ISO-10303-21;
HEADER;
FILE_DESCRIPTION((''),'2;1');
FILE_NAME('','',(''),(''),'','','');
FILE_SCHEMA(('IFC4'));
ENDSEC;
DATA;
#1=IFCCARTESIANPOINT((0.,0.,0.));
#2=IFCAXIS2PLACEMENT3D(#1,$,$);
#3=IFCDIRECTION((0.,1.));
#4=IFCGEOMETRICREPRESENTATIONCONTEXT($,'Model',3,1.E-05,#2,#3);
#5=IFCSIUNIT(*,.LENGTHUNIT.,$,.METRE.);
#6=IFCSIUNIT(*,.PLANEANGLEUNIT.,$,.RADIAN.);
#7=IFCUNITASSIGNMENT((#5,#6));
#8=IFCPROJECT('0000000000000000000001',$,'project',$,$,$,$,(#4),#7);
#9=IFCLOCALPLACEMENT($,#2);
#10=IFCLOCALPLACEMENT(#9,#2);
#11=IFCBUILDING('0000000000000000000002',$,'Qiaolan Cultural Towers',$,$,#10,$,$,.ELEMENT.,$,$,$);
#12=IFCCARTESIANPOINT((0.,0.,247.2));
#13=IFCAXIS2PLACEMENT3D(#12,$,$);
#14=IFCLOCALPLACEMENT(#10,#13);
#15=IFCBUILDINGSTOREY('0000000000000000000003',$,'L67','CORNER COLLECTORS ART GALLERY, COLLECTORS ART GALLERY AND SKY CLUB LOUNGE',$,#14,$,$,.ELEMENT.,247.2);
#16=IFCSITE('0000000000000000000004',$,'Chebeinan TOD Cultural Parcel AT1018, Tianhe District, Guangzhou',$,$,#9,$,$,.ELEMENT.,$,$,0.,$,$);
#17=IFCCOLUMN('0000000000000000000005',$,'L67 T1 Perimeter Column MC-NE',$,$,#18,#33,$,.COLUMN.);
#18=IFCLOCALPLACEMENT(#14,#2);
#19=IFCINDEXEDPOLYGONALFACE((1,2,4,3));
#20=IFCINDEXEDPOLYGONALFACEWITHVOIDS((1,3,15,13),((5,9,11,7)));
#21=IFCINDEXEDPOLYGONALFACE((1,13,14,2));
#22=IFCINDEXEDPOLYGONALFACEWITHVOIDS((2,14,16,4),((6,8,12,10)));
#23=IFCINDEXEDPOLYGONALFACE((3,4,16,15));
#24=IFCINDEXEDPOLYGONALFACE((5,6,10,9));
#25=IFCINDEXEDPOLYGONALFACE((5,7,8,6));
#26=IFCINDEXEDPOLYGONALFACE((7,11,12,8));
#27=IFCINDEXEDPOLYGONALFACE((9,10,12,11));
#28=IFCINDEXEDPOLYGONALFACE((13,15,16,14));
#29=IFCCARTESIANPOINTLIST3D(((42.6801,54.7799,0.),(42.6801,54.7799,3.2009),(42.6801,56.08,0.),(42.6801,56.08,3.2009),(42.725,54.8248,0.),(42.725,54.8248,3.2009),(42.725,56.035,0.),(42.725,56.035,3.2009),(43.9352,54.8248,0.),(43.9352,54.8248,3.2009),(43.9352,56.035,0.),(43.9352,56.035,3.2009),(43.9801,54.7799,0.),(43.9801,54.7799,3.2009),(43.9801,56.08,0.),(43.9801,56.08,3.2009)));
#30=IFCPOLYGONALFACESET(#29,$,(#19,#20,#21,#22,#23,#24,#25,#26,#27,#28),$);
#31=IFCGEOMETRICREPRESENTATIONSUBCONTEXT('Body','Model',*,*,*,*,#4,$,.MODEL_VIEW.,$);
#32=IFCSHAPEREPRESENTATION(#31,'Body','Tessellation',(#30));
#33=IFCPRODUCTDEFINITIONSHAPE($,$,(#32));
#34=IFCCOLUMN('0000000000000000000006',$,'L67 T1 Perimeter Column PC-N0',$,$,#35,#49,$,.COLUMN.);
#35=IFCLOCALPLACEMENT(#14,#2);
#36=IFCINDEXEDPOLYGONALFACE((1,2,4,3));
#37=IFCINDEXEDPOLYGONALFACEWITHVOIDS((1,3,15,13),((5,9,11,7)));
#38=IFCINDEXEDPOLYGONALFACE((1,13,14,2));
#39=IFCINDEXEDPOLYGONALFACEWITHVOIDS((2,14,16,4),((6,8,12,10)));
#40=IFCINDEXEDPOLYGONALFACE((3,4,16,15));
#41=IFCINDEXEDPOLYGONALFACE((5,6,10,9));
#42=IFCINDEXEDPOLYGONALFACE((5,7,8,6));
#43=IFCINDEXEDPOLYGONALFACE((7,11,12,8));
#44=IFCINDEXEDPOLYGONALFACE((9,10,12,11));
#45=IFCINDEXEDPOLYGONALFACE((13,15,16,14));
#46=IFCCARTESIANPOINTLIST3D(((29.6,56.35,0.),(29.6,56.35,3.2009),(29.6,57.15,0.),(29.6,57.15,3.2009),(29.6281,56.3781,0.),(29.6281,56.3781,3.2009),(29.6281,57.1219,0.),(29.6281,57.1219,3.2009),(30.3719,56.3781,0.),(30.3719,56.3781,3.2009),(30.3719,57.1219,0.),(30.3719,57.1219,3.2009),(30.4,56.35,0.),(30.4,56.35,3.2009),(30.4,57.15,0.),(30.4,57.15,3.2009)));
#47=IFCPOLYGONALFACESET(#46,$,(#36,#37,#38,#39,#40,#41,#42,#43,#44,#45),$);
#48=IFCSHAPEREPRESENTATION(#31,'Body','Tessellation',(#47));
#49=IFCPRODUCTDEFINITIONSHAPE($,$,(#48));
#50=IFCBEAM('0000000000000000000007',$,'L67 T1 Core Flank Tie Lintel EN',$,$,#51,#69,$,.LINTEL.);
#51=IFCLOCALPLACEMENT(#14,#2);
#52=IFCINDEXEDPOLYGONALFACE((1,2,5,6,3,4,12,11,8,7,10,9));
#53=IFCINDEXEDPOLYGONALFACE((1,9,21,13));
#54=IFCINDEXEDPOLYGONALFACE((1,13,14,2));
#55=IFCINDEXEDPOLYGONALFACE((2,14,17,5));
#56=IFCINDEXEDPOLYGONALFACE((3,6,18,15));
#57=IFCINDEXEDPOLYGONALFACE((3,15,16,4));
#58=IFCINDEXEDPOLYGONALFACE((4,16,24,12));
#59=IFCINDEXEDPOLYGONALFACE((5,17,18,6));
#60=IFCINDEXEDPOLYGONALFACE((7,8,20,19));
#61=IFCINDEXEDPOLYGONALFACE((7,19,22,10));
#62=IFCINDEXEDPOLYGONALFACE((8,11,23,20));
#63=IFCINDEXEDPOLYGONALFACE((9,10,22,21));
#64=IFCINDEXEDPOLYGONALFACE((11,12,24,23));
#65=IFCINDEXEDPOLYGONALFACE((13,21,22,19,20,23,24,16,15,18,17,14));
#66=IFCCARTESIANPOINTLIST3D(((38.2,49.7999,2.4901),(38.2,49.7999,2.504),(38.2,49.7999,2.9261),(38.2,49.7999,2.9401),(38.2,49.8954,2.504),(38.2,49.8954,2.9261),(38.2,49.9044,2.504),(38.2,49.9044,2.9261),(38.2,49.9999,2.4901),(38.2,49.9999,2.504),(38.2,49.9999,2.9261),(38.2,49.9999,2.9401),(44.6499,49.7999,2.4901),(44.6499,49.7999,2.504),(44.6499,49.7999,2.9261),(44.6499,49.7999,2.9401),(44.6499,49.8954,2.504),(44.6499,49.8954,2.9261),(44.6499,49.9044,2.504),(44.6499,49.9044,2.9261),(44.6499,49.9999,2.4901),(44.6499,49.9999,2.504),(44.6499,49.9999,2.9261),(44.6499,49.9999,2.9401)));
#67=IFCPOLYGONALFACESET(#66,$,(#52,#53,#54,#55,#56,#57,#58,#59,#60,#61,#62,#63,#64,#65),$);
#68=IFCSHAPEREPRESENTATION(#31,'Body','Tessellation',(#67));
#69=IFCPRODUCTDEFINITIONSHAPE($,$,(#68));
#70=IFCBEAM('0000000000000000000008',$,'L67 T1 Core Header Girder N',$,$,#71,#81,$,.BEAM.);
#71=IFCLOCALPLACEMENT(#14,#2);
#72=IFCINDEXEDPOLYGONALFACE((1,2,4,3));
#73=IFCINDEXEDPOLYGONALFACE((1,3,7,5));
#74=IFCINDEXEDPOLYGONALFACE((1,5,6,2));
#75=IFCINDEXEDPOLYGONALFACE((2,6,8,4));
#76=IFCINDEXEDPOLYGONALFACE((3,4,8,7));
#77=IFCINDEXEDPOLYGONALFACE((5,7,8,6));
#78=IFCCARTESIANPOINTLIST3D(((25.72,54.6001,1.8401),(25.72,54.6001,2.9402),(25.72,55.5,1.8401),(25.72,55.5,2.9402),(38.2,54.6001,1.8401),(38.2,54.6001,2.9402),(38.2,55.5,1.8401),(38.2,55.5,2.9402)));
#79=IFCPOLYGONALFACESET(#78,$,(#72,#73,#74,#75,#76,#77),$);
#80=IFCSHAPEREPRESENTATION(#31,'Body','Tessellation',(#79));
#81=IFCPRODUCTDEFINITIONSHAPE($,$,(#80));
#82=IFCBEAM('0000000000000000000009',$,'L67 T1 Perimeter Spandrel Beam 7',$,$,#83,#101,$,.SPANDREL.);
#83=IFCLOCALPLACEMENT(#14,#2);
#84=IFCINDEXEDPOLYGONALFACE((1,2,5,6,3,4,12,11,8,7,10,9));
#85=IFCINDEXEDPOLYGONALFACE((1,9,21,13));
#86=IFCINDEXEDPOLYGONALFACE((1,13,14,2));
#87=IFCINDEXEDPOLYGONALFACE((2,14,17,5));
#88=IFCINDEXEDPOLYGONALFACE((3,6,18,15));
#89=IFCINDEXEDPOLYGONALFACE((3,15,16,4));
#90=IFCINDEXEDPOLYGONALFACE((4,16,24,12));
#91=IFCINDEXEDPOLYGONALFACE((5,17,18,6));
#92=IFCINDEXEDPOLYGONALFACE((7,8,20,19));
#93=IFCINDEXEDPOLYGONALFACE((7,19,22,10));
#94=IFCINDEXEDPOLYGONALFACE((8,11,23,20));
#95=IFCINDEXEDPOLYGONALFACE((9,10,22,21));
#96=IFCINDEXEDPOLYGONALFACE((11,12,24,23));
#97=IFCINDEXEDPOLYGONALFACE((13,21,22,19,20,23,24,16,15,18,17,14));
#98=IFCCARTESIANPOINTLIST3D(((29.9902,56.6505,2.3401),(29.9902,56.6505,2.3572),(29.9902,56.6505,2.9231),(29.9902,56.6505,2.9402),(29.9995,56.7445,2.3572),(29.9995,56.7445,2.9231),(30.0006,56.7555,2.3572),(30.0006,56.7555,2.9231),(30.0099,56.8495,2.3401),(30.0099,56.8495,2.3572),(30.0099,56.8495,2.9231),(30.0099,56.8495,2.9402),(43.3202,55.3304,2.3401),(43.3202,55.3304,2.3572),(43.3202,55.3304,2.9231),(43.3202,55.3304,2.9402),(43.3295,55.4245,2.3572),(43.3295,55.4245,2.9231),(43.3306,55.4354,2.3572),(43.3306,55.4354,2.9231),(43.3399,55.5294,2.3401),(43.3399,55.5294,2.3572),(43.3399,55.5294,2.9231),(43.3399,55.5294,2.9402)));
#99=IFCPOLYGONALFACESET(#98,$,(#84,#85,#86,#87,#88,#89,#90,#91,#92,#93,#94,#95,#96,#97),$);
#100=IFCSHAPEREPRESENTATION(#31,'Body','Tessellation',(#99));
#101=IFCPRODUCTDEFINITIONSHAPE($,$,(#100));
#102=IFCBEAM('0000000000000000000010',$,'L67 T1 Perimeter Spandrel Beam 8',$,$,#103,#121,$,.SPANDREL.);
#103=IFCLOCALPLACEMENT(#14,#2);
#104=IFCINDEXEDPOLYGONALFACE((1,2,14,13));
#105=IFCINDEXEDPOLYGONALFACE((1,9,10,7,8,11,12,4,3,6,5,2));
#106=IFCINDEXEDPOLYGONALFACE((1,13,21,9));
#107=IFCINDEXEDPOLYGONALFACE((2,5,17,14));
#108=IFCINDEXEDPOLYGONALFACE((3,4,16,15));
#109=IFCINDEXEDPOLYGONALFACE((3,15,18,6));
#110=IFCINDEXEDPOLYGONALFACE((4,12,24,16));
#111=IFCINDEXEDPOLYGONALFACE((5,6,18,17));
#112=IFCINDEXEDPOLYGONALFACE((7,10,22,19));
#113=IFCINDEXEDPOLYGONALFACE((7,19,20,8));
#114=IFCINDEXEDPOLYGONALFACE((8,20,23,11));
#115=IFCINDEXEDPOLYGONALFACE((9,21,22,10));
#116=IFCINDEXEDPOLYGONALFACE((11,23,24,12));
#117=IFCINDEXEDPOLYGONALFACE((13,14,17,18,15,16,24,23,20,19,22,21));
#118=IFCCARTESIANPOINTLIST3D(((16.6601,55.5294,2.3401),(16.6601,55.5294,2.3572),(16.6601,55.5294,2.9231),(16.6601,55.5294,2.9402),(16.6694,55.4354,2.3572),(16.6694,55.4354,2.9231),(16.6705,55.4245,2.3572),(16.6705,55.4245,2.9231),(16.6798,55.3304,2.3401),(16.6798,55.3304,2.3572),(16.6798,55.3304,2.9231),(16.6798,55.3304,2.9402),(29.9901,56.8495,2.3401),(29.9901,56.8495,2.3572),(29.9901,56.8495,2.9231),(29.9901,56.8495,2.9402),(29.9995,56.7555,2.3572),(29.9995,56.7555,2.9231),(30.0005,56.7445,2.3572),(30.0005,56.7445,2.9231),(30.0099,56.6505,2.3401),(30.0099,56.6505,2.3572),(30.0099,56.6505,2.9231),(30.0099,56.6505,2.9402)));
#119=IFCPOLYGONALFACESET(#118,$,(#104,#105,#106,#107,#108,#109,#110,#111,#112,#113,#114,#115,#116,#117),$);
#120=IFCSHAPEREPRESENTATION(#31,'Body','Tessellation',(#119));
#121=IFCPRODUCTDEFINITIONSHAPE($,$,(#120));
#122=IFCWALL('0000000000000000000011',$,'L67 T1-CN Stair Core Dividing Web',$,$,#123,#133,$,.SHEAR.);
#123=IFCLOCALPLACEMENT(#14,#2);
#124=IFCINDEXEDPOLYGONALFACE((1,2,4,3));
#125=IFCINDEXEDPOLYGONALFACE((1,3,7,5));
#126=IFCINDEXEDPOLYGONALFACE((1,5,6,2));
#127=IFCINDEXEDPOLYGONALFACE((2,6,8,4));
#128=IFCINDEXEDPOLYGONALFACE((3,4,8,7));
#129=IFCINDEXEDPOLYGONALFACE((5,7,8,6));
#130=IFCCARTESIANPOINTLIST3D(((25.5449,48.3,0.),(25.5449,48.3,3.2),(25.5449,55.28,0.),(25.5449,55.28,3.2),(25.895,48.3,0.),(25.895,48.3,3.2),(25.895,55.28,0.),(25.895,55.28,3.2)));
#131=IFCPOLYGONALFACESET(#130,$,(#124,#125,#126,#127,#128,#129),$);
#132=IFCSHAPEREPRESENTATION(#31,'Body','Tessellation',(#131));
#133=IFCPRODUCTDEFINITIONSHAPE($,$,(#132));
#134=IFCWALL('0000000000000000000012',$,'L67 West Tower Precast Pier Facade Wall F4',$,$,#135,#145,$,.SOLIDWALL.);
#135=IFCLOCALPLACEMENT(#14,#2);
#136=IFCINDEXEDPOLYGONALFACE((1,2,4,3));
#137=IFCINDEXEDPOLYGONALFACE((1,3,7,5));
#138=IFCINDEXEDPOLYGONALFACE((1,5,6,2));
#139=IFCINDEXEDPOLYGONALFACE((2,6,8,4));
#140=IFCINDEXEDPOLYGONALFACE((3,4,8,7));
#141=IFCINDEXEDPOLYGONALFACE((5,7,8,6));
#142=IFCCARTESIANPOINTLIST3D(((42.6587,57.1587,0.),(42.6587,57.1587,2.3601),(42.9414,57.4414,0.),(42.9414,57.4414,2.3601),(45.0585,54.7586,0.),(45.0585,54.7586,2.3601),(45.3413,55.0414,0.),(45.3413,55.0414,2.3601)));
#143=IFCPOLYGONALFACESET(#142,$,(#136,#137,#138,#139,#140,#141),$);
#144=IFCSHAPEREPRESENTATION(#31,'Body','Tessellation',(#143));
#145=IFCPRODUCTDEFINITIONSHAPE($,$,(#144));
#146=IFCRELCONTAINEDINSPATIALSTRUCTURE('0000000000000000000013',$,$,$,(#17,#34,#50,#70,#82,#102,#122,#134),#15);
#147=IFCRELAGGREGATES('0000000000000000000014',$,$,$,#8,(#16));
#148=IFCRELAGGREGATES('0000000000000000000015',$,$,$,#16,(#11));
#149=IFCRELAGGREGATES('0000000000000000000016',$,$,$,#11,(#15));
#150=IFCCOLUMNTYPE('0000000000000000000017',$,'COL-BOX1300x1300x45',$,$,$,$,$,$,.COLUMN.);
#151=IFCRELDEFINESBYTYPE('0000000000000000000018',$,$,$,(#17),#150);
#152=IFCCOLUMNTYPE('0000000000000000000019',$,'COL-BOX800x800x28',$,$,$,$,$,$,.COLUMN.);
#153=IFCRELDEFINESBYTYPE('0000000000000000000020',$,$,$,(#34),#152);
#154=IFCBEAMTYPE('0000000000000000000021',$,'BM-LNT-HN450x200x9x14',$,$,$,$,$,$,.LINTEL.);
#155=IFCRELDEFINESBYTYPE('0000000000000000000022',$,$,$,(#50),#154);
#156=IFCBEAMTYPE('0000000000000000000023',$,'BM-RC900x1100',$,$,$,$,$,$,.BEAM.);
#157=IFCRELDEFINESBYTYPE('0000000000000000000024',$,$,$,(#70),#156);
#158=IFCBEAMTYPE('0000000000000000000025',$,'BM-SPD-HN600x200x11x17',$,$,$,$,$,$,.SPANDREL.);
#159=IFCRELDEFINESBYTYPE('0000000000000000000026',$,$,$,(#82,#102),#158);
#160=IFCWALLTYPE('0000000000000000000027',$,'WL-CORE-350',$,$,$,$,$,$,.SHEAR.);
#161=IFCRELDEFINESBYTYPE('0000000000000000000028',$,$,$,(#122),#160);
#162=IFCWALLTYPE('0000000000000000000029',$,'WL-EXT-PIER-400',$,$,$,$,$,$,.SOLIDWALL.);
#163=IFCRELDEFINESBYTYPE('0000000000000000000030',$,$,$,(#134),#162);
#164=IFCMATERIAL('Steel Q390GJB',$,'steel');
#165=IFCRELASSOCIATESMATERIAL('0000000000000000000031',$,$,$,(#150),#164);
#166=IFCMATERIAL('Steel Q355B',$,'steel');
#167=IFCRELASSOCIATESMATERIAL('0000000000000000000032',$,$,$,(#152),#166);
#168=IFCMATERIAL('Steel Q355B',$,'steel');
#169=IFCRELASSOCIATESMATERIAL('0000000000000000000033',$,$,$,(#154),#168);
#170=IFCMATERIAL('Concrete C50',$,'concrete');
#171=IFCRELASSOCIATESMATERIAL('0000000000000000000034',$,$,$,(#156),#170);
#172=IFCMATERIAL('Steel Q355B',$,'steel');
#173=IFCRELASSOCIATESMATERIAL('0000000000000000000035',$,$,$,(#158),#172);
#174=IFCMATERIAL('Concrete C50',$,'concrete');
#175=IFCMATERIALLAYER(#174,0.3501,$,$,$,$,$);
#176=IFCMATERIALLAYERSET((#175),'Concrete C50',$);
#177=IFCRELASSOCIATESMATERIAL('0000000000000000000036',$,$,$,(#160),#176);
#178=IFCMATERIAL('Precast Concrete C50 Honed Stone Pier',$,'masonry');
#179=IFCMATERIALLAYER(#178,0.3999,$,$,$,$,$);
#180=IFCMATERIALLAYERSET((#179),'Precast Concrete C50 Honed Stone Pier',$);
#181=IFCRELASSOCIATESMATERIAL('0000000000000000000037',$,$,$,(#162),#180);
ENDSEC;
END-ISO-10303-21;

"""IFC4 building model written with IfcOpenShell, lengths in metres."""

from ifc_helpers import new_model, si_unit, direction, frame, frame_2d, origin, origin_2d, place, context, subcontext, project, spatial, rectangle, hollow_rectangle, i_section, extrude, material, layer, layer_set, material_profile, profile_set, type_object, element, save


model = new_model("IFC4")

# Units and contexts
model_context = context("Model", 3, precision=1e-05, world=origin(), true_north=direction((0.0, 1.0)))
body_context = subcontext(model_context, "Body", "Model", "MODEL_VIEW")
ifc_project = project(units=[si_unit("LENGTHUNIT", "METRE"), si_unit("PLANEANGLEUNIT", "RADIAN")], contexts=[model_context])

# Site, building, storey
site_placement = place(None, origin())
site = spatial("IfcSite", under=ifc_project, at=site_placement, Name="Chebeinan TOD Cultural Parcel AT1018, Tianhe District, Guangzhou", CompositionType="ELEMENT", RefElevation=0.0)
building_placement = place(site_placement, origin())
building = spatial("IfcBuilding", under=site, at=building_placement, Name="Qiaolan Cultural Towers", CompositionType="ELEMENT")
storey_placement = place(building_placement, frame((0.0, 0.0, 247.2)))
storey = spatial("IfcBuildingStorey", under=building, at=storey_placement, Name="L67", Description="CORNER COLLECTORS ART GALLERY, COLLECTORS ART GALLERY AND SKY CLUB LOUNGE", CompositionType="ELEMENT", Elevation=247.2)

# Columns
ifc_material_1 = material(Name="Steel Q390GJB", Category="steel")
ifc_material_profile_1 = material_profile(ifc_material_1, hollow_rectangle(XDim=1.3, YDim=1.3, WallThickness=0.0449, at=origin_2d()), Name="BOX1300x1300x45")
ifc_profile_set_1 = profile_set([ifc_material_profile_1], Name="Steel Q390GJB")
column_type_1 = type_object("IfcColumnType", Name="COL-BOX1300x1300x45", PredefinedType="COLUMN", material=ifc_profile_set_1)
column_1_placement = place(storey_placement, frame((43.3301, 55.4299, 0.0), z_axis=(0.0, 0.0, 1.0), x_axis=(1.0, 0.0, 0.0)))
element("IfcColumn", 1, at=column_1_placement, inside=storey, type_object=column_type_1, Name="L67 T1 Perimeter Column MC-NE", PredefinedType="COLUMN", context=body_context, shape_type="SweptSolid", body=[
    extrude(hollow_rectangle(XDim=1.3, YDim=1.3, WallThickness=0.0449, at=origin_2d()), origin(), (0.0, 0.0, 1.0), 3.2009),
])
ifc_material_2 = material(Name="Steel Q355B", Category="steel")
ifc_material_profile_2 = material_profile(ifc_material_2, hollow_rectangle(XDim=0.8, YDim=0.8, WallThickness=0.0281, at=origin_2d()), Name="BOX800x800x28")
ifc_profile_set_2 = profile_set([ifc_material_profile_2], Name="Steel Q355B")
column_type_2 = type_object("IfcColumnType", Name="COL-BOX800x800x28", PredefinedType="COLUMN", material=ifc_profile_set_2)
column_2_placement = place(storey_placement, frame((30.0, 56.75, 0.0), z_axis=(0.0, 0.0, 1.0), x_axis=(1.0, 0.0, 0.0)))
element("IfcColumn", 2, at=column_2_placement, inside=storey, type_object=column_type_2, Name="L67 T1 Perimeter Column PC-N0", PredefinedType="COLUMN", context=body_context, shape_type="SweptSolid", body=[
    extrude(hollow_rectangle(XDim=0.8, YDim=0.8, WallThickness=0.0281, at=origin_2d()), origin(), (0.0, 0.0, 1.0), 3.2009),
])

# Beams
ifc_material_3 = material(Name="Steel Q355B", Category="steel")
ifc_material_profile_3 = material_profile(ifc_material_3, i_section(OverallWidth=0.2, OverallDepth=0.45, WebThickness=0.009, FlangeThickness=0.0139, at=origin_2d()), Name="HN450x200x9x14")
ifc_profile_set_3 = profile_set([ifc_material_profile_3], Name="Steel Q355B")
beam_type_1 = type_object("IfcBeamType", Name="BM-LNT-HN450x200x9x14", PredefinedType="LINTEL", material=ifc_profile_set_3)
beam_1_placement = place(storey_placement, frame((38.2, 49.8999, 2.7151), z_axis=(1.0, 0.0, 0.0), x_axis=(0.0, 1.0, 0.0)))
element("IfcBeam", 3, at=beam_1_placement, inside=storey, type_object=beam_type_1, Name="L67 T1 Core Flank Tie Lintel EN", PredefinedType="LINTEL", context=body_context, shape_type="SweptSolid", body=[
    extrude(i_section(OverallWidth=0.2, OverallDepth=0.45, WebThickness=0.009, FlangeThickness=0.0139, at=origin_2d()), origin(), (0.0, 0.0, 1.0), 6.45),
])
ifc_material_4 = material(Name="Concrete C50", Category="concrete")
ifc_material_profile_4 = material_profile(ifc_material_4, rectangle(XDim=0.8999, YDim=1.1001, at=origin_2d()), Name="RC900x1100")
ifc_profile_set_4 = profile_set([ifc_material_profile_4], Name="Concrete C50")
beam_type_2 = type_object("IfcBeamType", Name="BM-RC900x1100", PredefinedType="BEAM", material=ifc_profile_set_4)
beam_2_placement = place(storey_placement, frame((25.72, 55.05, 2.3901), z_axis=(1.0, 0.0, 0.0), x_axis=(0.0, 1.0, 0.0)))
element("IfcBeam", 4, at=beam_2_placement, inside=storey, type_object=beam_type_2, Name="L67 T1 Core Header Girder N", PredefinedType="BEAM", context=body_context, shape_type="SweptSolid", body=[
    extrude(rectangle(XDim=0.8999, YDim=1.1001, at=origin_2d()), origin(), (0.0, 0.0, 1.0), 12.48),
])
ifc_material_5 = material(Name="Steel Q355B", Category="steel")
ifc_material_profile_5 = material_profile(ifc_material_5, i_section(OverallWidth=0.2, OverallDepth=0.6001, WebThickness=0.011, FlangeThickness=0.0171, at=origin_2d()), Name="HN600x200x11x17")
ifc_profile_set_5 = profile_set([ifc_material_profile_5], Name="Steel Q355B")
beam_type_3 = type_object("IfcBeamType", Name="BM-SPD-HN600x200x11x17", PredefinedType="SPANDREL", material=ifc_profile_set_5)
for number, where, z_axis, x_axis, name in (
    (5, (43.3301, 55.4299, 2.6401), (-0.995132, 0.098547, 0.0), (-0.098547, -0.995132, 0.0), "L67 T1 Perimeter Spandrel Beam 7"),
    (6, (30.0, 56.75, 2.6401), (-0.995132, -0.098547, 0.0), (0.098547, -0.995132, 0.0), "L67 T1 Perimeter Spandrel Beam 8"),
):
    element("IfcBeam", number, at=place(storey_placement, frame(where, z_axis=z_axis, x_axis=x_axis)), inside=storey, type_object=beam_type_3, Name=name, PredefinedType="SPANDREL", context=body_context, shape_type="SweptSolid", body=[
        extrude(i_section(OverallWidth=0.2, OverallDepth=0.6001, WebThickness=0.011, FlangeThickness=0.0171, at=origin_2d()), origin(), (0.0, 0.0, 1.0), 13.3953),
    ])

# Walls
ifc_material_6 = material(Name="Concrete C50", Category="concrete")
ifc_layer_1 = layer(ifc_material_6, 0.3501)
ifc_layer_set_1 = layer_set([ifc_layer_1], Name="Concrete C50")
wall_type_1 = type_object("IfcWallType", Name="WL-CORE-350", PredefinedType="SHEAR", material=ifc_layer_set_1)
wall_1_placement = place(storey_placement, frame((25.72, 48.3, 0.0), z_axis=(0.0, 0.0, 1.0), x_axis=(0.0, 1.0, 0.0)))
element("IfcWall", 7, at=wall_1_placement, inside=storey, type_object=wall_type_1, Name="L67 T1-CN Stair Core Dividing Web", PredefinedType="SHEAR", context=body_context, shape_type="SweptSolid", body=[
    extrude(rectangle(XDim=6.98, YDim=0.3501, at=frame_2d((3.49, 0.0))), origin(), (0.0, 0.0, 1.0), 3.2),
])
ifc_material_7 = material(Name="Precast Concrete C50 Honed Stone Pier", Category="masonry")
ifc_layer_2 = layer(ifc_material_7, 0.3999)
ifc_layer_set_2 = layer_set([ifc_layer_2], Name="Precast Concrete C50 Honed Stone Pier")
wall_type_2 = type_object("IfcWallType", Name="WL-EXT-PIER-400", PredefinedType="SOLIDWALL", material=ifc_layer_set_2)
wall_2_placement = place(storey_placement, frame((42.8, 57.3, 0.0), z_axis=(0.0, 0.0, 1.0), x_axis=(0.707071, -0.707143, 0.0)))
element("IfcWall", 8, at=wall_2_placement, inside=storey, type_object=wall_type_2, Name="L67 West Tower Precast Pier Facade Wall F4", PredefinedType="SOLIDWALL", context=body_context, shape_type="SweptSolid", body=[
    extrude(rectangle(XDim=3.394, YDim=0.3999, at=frame_2d((1.697, 0.0))), origin(), (0.0, 0.0, 1.0), 2.3601),
])

save(model, "model.ifc")
